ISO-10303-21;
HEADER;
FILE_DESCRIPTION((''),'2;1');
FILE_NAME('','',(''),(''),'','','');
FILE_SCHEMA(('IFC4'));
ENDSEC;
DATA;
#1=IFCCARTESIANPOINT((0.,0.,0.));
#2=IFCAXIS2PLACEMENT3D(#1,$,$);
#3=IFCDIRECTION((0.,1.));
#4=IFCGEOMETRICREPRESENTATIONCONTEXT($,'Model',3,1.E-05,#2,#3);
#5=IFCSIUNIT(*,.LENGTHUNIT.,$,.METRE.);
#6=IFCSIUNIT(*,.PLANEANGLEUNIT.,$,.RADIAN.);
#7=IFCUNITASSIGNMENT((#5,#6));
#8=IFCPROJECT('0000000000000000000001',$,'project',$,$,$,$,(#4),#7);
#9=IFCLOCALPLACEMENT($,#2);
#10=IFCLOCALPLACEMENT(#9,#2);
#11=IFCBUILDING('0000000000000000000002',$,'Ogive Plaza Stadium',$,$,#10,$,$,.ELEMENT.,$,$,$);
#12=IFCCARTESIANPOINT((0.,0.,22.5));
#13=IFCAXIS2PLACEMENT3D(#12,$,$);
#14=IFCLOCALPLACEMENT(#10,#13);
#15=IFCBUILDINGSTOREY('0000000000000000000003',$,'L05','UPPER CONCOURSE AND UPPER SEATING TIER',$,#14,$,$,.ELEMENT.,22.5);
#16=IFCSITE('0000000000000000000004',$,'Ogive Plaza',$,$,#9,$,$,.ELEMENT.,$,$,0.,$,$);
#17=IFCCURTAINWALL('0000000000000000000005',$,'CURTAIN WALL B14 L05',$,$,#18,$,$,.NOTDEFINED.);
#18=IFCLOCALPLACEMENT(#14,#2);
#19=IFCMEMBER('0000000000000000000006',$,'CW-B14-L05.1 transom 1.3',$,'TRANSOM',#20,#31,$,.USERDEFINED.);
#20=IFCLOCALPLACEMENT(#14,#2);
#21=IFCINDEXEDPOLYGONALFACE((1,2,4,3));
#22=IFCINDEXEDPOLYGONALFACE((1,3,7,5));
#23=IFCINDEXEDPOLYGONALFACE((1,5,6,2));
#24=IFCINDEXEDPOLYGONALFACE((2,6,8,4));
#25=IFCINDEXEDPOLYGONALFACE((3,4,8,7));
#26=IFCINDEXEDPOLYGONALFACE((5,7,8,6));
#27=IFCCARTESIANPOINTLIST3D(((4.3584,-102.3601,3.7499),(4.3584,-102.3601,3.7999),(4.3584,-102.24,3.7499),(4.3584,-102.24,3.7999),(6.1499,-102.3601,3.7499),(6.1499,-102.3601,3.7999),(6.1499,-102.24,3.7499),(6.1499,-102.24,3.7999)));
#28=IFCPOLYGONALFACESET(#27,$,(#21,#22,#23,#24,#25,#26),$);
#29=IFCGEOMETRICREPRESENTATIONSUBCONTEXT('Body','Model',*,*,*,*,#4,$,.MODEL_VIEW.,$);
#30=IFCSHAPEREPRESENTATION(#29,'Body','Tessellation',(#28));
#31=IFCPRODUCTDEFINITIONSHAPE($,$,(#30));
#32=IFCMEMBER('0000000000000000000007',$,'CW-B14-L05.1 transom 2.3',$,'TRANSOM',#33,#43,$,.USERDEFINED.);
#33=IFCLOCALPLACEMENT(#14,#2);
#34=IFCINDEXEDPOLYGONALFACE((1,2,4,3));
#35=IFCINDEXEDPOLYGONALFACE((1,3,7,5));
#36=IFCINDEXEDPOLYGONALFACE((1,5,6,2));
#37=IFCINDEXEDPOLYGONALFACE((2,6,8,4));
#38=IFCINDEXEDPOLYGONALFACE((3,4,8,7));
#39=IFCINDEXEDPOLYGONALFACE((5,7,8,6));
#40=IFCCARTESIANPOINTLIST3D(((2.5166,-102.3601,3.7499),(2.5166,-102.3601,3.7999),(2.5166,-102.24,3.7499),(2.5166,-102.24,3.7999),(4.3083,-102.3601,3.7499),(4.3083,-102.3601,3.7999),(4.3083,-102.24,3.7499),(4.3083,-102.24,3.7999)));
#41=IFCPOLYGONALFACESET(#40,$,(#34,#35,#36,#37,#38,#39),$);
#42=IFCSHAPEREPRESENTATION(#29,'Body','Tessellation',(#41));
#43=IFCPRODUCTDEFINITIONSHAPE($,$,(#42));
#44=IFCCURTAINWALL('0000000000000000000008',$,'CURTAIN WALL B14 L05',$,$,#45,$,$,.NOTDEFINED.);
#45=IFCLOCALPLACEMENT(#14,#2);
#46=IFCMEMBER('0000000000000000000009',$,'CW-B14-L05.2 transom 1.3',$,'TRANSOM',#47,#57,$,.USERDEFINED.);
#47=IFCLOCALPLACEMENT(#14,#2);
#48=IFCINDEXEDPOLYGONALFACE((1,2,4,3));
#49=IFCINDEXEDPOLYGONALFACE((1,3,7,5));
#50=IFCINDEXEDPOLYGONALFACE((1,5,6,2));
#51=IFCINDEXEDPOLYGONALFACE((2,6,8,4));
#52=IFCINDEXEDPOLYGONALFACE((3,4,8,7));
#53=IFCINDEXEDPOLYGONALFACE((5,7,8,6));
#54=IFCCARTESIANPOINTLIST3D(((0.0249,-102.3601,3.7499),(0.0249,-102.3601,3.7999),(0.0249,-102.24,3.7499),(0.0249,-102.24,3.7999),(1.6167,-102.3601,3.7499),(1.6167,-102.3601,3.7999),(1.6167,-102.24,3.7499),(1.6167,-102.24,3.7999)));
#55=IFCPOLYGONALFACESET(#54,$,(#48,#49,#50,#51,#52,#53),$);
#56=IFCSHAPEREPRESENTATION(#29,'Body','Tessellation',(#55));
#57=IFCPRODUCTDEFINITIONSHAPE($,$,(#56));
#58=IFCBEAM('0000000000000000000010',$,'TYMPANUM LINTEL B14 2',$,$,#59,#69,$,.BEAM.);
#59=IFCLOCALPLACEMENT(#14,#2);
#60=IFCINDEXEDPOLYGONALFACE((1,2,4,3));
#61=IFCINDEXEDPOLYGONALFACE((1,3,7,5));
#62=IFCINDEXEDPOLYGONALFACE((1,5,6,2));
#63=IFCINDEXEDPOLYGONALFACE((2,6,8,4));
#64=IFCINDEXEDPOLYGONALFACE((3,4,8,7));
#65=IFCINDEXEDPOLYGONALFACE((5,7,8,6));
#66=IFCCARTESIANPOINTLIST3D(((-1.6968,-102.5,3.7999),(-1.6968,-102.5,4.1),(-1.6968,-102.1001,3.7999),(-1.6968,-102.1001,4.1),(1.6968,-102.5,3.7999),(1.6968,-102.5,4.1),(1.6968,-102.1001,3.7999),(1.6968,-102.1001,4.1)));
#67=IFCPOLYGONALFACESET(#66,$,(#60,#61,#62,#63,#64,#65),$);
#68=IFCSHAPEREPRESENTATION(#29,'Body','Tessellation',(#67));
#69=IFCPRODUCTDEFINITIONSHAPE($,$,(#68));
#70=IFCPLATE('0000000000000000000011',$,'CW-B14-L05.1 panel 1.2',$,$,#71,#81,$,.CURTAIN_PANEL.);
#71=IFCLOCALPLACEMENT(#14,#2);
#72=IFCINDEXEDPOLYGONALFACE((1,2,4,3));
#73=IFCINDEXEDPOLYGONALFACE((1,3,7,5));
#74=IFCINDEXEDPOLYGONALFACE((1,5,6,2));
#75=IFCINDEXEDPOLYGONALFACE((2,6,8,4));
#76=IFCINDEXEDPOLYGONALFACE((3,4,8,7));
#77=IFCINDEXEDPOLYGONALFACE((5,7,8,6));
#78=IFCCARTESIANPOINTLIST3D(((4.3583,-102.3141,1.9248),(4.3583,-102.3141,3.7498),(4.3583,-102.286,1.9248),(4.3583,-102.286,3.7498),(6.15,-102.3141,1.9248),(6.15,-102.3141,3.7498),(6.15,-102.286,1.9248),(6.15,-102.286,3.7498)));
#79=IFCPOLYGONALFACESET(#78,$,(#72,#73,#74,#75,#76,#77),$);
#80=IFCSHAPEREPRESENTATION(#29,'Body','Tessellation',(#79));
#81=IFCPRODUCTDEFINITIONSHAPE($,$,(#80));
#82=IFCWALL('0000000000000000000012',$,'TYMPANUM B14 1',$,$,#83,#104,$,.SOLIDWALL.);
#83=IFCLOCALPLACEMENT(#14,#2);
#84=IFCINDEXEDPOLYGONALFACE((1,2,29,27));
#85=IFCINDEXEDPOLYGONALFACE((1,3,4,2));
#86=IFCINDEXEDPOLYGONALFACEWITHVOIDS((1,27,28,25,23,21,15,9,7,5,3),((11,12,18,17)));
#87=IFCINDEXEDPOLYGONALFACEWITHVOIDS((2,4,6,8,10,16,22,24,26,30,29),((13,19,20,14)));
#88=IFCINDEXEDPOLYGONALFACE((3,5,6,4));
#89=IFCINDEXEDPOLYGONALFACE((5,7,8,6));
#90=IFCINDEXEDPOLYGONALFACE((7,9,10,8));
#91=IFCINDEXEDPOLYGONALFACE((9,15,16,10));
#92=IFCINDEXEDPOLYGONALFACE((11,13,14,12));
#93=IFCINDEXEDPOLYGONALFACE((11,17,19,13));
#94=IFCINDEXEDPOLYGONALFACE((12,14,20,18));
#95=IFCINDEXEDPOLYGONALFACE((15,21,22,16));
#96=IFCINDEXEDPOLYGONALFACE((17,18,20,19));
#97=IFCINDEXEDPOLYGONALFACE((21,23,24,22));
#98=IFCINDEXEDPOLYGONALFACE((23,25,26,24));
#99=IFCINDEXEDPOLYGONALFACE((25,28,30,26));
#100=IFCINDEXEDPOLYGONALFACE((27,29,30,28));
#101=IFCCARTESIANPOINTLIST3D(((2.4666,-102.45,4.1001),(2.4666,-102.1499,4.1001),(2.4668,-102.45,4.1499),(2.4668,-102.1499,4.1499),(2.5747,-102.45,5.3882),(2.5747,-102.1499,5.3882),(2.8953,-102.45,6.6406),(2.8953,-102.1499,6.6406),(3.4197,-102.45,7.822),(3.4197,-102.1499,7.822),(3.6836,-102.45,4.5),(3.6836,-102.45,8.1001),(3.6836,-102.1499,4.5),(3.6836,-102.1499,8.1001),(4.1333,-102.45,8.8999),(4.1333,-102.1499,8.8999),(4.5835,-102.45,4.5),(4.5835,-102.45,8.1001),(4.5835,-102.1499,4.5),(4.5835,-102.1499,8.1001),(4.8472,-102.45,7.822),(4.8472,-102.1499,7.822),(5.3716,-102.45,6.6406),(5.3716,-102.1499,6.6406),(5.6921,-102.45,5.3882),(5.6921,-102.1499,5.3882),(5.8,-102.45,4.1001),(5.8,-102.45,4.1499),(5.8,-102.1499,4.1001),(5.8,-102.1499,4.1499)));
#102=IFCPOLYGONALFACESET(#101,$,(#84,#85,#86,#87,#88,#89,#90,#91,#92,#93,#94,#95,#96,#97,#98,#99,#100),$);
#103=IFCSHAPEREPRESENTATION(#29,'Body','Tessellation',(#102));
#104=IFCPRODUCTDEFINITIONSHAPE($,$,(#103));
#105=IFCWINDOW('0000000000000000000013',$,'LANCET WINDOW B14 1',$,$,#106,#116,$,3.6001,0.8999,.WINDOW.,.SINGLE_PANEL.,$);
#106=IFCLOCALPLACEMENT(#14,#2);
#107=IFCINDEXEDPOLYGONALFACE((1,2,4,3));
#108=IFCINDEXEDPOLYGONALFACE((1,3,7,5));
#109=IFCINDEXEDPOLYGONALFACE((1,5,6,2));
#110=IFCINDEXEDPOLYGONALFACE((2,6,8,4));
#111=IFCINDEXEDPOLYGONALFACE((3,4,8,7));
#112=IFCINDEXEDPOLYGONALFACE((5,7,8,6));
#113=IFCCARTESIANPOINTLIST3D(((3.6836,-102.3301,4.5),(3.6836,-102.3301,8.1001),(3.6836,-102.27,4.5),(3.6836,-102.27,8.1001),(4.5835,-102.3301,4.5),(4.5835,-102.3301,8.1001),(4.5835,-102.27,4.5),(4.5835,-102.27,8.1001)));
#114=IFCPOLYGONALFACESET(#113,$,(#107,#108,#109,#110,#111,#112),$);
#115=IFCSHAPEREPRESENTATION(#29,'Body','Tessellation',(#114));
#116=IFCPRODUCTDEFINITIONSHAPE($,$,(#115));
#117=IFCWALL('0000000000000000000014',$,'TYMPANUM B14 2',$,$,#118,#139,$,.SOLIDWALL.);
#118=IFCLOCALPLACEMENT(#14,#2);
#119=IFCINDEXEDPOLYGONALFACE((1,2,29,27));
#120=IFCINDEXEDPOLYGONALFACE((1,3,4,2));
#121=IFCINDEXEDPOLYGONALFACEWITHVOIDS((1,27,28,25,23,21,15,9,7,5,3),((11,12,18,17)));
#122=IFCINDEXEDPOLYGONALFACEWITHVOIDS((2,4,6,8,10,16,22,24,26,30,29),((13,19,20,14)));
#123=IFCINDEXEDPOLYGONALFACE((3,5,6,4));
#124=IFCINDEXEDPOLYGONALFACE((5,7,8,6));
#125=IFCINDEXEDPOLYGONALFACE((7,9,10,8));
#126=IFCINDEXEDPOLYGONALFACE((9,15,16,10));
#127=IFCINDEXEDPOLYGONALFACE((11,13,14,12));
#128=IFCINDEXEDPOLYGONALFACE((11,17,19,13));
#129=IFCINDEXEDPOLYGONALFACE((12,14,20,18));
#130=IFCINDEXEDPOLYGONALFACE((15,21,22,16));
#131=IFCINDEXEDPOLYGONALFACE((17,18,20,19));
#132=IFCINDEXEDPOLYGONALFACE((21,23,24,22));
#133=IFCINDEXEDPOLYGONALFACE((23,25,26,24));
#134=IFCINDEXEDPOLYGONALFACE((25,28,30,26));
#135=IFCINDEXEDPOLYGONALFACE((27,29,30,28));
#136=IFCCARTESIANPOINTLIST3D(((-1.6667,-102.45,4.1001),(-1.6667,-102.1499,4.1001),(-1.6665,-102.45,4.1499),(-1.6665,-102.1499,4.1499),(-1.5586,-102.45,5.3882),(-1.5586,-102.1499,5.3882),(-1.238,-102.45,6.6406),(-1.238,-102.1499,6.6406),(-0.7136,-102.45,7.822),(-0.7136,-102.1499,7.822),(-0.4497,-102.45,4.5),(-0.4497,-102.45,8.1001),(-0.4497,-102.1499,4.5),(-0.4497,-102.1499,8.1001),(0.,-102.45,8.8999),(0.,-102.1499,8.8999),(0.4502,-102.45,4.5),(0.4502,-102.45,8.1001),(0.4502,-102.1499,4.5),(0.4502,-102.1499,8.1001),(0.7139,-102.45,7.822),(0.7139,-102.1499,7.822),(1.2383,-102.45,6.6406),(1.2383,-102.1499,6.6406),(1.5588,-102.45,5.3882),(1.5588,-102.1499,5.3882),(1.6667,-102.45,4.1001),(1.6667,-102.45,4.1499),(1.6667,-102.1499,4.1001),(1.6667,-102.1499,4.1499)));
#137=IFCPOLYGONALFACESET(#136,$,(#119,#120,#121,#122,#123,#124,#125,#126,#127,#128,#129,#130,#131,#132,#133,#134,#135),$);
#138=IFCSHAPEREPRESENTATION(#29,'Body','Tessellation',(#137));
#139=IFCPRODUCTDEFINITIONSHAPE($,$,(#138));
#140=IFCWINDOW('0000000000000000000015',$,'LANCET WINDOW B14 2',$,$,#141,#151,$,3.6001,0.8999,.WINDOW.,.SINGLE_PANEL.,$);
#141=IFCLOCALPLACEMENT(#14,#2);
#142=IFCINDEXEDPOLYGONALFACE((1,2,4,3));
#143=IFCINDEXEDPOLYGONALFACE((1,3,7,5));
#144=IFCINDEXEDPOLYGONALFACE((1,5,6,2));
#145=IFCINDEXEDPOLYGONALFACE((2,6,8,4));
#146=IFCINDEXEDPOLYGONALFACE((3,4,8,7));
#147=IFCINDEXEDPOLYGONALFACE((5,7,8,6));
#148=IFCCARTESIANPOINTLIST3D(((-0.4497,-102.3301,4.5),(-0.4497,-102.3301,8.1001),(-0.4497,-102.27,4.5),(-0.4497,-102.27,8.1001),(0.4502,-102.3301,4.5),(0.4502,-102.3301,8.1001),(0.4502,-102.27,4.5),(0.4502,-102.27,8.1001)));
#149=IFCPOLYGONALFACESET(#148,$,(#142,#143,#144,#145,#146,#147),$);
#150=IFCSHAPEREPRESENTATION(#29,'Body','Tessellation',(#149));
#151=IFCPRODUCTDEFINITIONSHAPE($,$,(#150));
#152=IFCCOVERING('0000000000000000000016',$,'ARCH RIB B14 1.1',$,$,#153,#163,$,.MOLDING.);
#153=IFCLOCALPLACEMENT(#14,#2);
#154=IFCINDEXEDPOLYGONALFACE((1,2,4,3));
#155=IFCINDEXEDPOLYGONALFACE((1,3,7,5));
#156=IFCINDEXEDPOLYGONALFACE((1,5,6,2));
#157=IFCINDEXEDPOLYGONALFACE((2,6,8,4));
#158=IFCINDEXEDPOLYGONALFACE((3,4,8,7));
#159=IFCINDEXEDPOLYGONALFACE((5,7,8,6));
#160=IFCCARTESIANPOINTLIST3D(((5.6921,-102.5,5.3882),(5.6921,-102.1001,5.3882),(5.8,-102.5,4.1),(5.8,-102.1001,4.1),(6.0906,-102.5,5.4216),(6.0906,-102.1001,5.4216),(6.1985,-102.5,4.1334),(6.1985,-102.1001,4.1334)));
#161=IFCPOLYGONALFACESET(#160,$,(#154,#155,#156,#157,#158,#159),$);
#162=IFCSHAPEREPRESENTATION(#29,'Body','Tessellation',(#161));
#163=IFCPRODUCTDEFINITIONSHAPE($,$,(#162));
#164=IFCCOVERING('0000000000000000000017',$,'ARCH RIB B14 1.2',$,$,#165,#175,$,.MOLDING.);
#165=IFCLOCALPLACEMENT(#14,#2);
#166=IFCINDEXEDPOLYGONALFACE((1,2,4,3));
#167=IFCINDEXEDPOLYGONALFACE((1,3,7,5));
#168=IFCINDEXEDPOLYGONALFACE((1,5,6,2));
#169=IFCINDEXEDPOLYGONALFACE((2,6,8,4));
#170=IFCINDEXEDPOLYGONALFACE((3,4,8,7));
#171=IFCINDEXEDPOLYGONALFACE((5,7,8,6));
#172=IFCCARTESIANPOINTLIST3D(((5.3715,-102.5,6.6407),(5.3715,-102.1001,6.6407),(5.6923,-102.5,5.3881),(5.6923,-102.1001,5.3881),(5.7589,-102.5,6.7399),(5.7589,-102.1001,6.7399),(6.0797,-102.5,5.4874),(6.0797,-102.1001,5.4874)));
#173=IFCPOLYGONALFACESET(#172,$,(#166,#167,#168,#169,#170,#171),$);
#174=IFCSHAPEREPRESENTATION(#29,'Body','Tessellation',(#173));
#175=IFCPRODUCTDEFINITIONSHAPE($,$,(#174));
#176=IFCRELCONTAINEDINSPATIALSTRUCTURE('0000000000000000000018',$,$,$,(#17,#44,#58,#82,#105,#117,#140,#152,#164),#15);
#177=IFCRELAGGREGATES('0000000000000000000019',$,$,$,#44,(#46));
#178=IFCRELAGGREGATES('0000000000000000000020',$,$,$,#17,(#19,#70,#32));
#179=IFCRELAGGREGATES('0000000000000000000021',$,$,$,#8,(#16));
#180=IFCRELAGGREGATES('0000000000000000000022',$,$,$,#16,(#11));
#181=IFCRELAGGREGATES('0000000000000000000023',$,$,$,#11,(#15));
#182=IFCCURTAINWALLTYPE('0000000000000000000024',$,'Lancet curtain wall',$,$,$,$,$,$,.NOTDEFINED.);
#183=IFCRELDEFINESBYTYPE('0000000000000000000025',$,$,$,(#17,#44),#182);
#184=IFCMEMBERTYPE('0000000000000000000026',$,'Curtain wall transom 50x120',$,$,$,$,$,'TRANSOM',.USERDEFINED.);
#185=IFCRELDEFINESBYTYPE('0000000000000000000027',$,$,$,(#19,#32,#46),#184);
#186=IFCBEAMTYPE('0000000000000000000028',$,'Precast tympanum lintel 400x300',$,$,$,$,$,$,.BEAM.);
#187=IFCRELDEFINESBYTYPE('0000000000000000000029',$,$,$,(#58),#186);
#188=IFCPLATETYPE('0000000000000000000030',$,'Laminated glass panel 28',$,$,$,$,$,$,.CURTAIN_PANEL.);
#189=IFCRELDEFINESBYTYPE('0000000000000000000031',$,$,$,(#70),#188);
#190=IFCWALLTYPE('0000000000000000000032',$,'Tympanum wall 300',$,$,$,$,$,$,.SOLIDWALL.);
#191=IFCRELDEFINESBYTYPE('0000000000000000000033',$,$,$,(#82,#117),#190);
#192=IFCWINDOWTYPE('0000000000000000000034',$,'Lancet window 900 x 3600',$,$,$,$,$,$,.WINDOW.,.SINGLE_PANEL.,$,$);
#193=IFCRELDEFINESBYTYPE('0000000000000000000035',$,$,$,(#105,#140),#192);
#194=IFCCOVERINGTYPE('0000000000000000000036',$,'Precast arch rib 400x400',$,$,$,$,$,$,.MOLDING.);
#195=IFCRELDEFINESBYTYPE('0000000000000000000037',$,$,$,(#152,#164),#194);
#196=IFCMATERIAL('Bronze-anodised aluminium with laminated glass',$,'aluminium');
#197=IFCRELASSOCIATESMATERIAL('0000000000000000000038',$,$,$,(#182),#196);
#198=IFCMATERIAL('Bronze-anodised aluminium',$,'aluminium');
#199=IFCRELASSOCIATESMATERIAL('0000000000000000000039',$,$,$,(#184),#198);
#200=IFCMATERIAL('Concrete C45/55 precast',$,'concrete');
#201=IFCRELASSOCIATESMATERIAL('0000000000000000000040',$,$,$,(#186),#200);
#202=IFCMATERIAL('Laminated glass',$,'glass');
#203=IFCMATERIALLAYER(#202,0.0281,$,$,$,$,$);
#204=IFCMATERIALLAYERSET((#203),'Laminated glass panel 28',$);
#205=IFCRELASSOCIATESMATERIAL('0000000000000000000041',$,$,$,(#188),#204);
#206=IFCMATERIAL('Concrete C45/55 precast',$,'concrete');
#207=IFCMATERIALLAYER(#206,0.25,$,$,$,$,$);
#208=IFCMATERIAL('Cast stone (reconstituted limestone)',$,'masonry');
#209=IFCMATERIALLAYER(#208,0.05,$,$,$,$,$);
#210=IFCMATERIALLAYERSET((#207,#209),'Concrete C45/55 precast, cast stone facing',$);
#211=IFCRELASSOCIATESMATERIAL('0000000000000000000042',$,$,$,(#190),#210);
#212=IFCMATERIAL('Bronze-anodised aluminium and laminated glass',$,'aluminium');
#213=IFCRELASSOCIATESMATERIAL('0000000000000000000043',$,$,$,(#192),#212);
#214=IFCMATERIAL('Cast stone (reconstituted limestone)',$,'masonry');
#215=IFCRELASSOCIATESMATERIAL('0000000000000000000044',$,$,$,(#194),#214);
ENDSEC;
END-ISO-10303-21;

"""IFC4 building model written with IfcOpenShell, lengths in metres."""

from ifc_helpers import new_model, si_unit, direction, frame, frame_2d, origin, origin_2d, place, context, subcontext, project, spatial, polyline, rectangle, outline, extrude, material, layer, layer_set, material_profile, profile_set, type_object, element, fill, aggregate, save


model = new_model("IFC4")

# Units and contexts
model_context = context("Model", 3, precision=1e-05, world=origin(), true_north=direction((0.0, 1.0)))
body_context = subcontext(model_context, "Body", "Model", "MODEL_VIEW")
ifc_project = project(units=[si_unit("LENGTHUNIT", "METRE"), si_unit("PLANEANGLEUNIT", "RADIAN")], contexts=[model_context])

# Site, building, storey
site_placement = place(None, origin())
site = spatial("IfcSite", under=ifc_project, at=site_placement, Name="Ogive Plaza", CompositionType="ELEMENT", RefElevation=0.0)
building_placement = place(site_placement, origin())
building = spatial("IfcBuilding", under=site, at=building_placement, Name="Ogive Plaza Stadium", CompositionType="ELEMENT")
storey_placement = place(building_placement, frame((0.0, 0.0, 22.5)))
storey = spatial("IfcBuildingStorey", under=building, at=storey_placement, Name="L05", Description="UPPER CONCOURSE AND UPPER SEATING TIER", CompositionType="ELEMENT", Elevation=22.5)

# Curtain wall, members
ifc_material_1 = material(Name="Bronze-anodised aluminium with laminated glass", Category="aluminium")
curtain_wall_type = type_object("IfcCurtainWallType", Name="Lancet curtain wall", PredefinedType="NOTDEFINED", material=ifc_material_1)
curtain_wall_1_placement = place(storey_placement, origin())
curtain_wall_1 = element("IfcCurtainWall", 1, at=curtain_wall_1_placement, inside=storey, type_object=curtain_wall_type, Name="CURTAIN WALL B14 L05", PredefinedType="NOTDEFINED")
ifc_material_2 = material(Name="Bronze-anodised aluminium", Category="aluminium")
ifc_material_profile_1 = material_profile(ifc_material_2, rectangle(XDim=0.1201, YDim=0.05, at=origin_2d()), Name="AL 120x50")
ifc_profile_set_1 = profile_set([ifc_material_profile_1], Name="Bronze-anodised aluminium")
member_type = type_object("IfcMemberType", Name="Curtain wall transom 50x120", ElementType="TRANSOM", PredefinedType="USERDEFINED", material=ifc_profile_set_1)
member_1_placement = place(storey_placement, frame((6.1499, -102.3, 3.7749), z_axis=(-1.0, 0.0, 0.0), x_axis=(0.0, -1.0, 0.0)))
member_1 = element("IfcMember", 2, at=member_1_placement, type_object=member_type, Name="CW-B14-L05.1 transom 1.3", ObjectType="TRANSOM", PredefinedType="USERDEFINED", context=body_context, shape_type="SweptSolid", body=[
    extrude(rectangle(XDim=0.1201, YDim=0.05, at=origin_2d()), origin(), (0.0, 0.0, 1.0), 1.7915),
])
member_2_placement = place(storey_placement, frame((4.3083, -102.3, 3.7749), z_axis=(-1.0, 0.0, 0.0), x_axis=(0.0, -1.0, 0.0)))
member_2 = element("IfcMember", 3, at=member_2_placement, type_object=member_type, Name="CW-B14-L05.1 transom 2.3", ObjectType="TRANSOM", PredefinedType="USERDEFINED", context=body_context, shape_type="SweptSolid", body=[
    extrude(rectangle(XDim=0.1201, YDim=0.05, at=origin_2d()), origin(), (0.0, 0.0, 1.0), 1.7917),
])

# Curtain wall, member
curtain_wall_2_placement = place(storey_placement, origin())
curtain_wall_2 = element("IfcCurtainWall", 4, at=curtain_wall_2_placement, inside=storey, type_object=curtain_wall_type, Name="CURTAIN WALL B14 L05", PredefinedType="NOTDEFINED")
member_3_placement = place(storey_placement, frame((1.6167, -102.3, 3.7749), z_axis=(-1.0, 0.0, 0.0), x_axis=(0.0, -1.0, 0.0)))
member_3 = element("IfcMember", 5, at=member_3_placement, type_object=member_type, Name="CW-B14-L05.2 transom 1.3", ObjectType="TRANSOM", PredefinedType="USERDEFINED", context=body_context, shape_type="SweptSolid", body=[
    extrude(rectangle(XDim=0.1201, YDim=0.05, at=origin_2d()), origin(), (0.0, 0.0, 1.0), 1.5918),
])
aggregate(curtain_wall_2, [member_3])

# Beam
ifc_material_3 = material(Name="Concrete C45/55 precast", Category="concrete")
ifc_material_profile_2 = material_profile(ifc_material_3, rectangle(XDim=0.3999, YDim=0.3, at=origin_2d()), Name="RC 400x300")
ifc_profile_set_2 = profile_set([ifc_material_profile_2], Name="Concrete C45/55 precast")
beam_type = type_object("IfcBeamType", Name="Precast tympanum lintel 400x300", PredefinedType="BEAM", material=ifc_profile_set_2)
beam_placement = place(storey_placement, frame((1.6968, -102.3, 3.95), z_axis=(-1.0, 0.0, 0.0), x_axis=(0.0, -1.0, 0.0)))
element("IfcBeam", 6, at=beam_placement, inside=storey, type_object=beam_type, Name="TYMPANUM LINTEL B14 2", PredefinedType="BEAM", context=body_context, shape_type="SweptSolid", body=[
    extrude(rectangle(XDim=0.3999, YDim=0.3, at=origin_2d()), origin(), (0.0, 0.0, 1.0), 3.3936),
])

# Plate
ifc_material_4 = material(Name="Laminated glass", Category="glass")
ifc_layer_1 = layer(ifc_material_4, 0.0281)
ifc_layer_set_1 = layer_set([ifc_layer_1], Name="Laminated glass panel 28")
plate_type = type_object("IfcPlateType", Name="Laminated glass panel 28", PredefinedType="CURTAIN_PANEL", material=ifc_layer_set_1)
plate_placement = place(storey_placement, frame((5.2542, -102.3, 1.9248), z_axis=(0.0, 0.0, 1.0), x_axis=(-1.0, 0.0, 0.0)))
plate = element("IfcPlate", 7, at=plate_placement, type_object=plate_type, Name="CW-B14-L05.1 panel 1.2", PredefinedType="CURTAIN_PANEL", context=body_context, shape_type="SweptSolid", body=[
    extrude(rectangle(XDim=1.7917, YDim=0.0281, at=origin_2d()), origin(), (0.0, 0.0, 1.0), 1.825),
])
aggregate(curtain_wall_1, [member_1, plate, member_2])

# Walls, openings, windows
ifc_material_5 = material(Name="Concrete C45/55 precast", Category="concrete")
ifc_layer_2 = layer(ifc_material_5, 0.25)
ifc_material_6 = material(Name="Cast stone (reconstituted limestone)", Category="masonry")
ifc_layer_3 = layer(ifc_material_6, 0.05)
ifc_layer_set_2 = layer_set([ifc_layer_2, ifc_layer_3], Name="Concrete C45/55 precast, cast stone facing")
wall_type = type_object("IfcWallType", Name="Tympanum wall 300", PredefinedType="SOLIDWALL", material=ifc_layer_set_2)
wall_1_placement = place(storey_placement, frame((5.8, -102.3, 4.1001), z_axis=(0.0, 0.0, 1.0), x_axis=(-1.0, 0.0, 0.0)))
wall_1 = element("IfcWall", 8, at=wall_1_placement, inside=storey, type_object=wall_type, Name="TYMPANUM B14 1", PredefinedType="SOLIDWALL", context=body_context, shape_type="SweptSolid", body=[
    extrude(outline(polyline([(0.0, 0.0), (3.3335, 0.0), (3.3333, 0.0498), (3.2253, 1.2881), (2.9048, 2.5405), (2.3804, 3.7219), (1.6667, 4.7998), (0.9529, 3.7219), (0.4285, 2.5405), (0.1079, 1.2881), (0.0, 0.0498), (0.0, 0.0)])), frame((0.0, 0.1499, 0.0), z_axis=(0.0, -1.0, 0.0), x_axis=(1.0, 0.0, 0.0)), (0.0, 0.0, 1.0), 0.3),
])
opening_1_placement = place(wall_1_placement, frame((1.2166, 0.0, 0.3999)))
opening_1 = element("IfcOpeningElement", 9, at=opening_1_placement, cuts=wall_1, PredefinedType="OPENING", context=body_context, shape_type="SweptSolid", body=[
    extrude(rectangle(XDim=0.8999, YDim=3.6001, at=frame_2d((0.45, 1.8))), frame((0.0, 0.1602, 0.0), z_axis=(0.0, -1.0, 0.0), x_axis=(1.0, 0.0, 0.0)), (0.0, 0.0, 1.0), 0.3201),
])
ifc_material_7 = material(Name="Bronze-anodised aluminium and laminated glass", Category="aluminium")
window_type = type_object("IfcWindowType", Name="Lancet window 900 x 3600", PartitioningType="SINGLE_PANEL", PredefinedType="WINDOW", material=ifc_material_7)
window_1_placement = place(opening_1_placement, origin())
window_1 = element("IfcWindow", 10, at=window_1_placement, inside=storey, type_object=window_type, Name="LANCET WINDOW B14 1", OverallHeight=3.6001, OverallWidth=0.8999, PartitioningType="SINGLE_PANEL", PredefinedType="WINDOW", context=body_context, shape_type="SweptSolid", body=[
    extrude(rectangle(XDim=0.8999, YDim=3.6001, at=frame_2d((0.45, 1.8))), frame((0.0, 0.03, 0.0), z_axis=(0.0, -1.0, 0.0), x_axis=(1.0, 0.0, 0.0)), (0.0, 0.0, 1.0), 0.0601),
])
fill(opening_1, window_1)
wall_2_placement = place(storey_placement, frame((1.6667, -102.3, 4.1001), z_axis=(0.0, 0.0, 1.0), x_axis=(-1.0, 0.0, 0.0)))
wall_2 = element("IfcWall", 11, at=wall_2_placement, inside=storey, type_object=wall_type, Name="TYMPANUM B14 2", PredefinedType="SOLIDWALL", context=body_context, shape_type="SweptSolid", body=[
    extrude(outline(polyline([(0.0, 0.0), (3.3335, 0.0), (3.3333, 0.0498), (3.2253, 1.2881), (2.9048, 2.5405), (2.3804, 3.7219), (1.6667, 4.7998), (0.9529, 3.7219), (0.4285, 2.5405), (0.1079, 1.2881), (0.0, 0.0498), (0.0, 0.0)])), frame((0.0, 0.1499, 0.0), z_axis=(0.0, -1.0, 0.0), x_axis=(1.0, 0.0, 0.0)), (0.0, 0.0, 1.0), 0.3),
])
opening_2_placement = place(wall_2_placement, frame((1.2166, 0.0, 0.3999)))
opening_2 = element("IfcOpeningElement", 12, at=opening_2_placement, cuts=wall_2, PredefinedType="OPENING", context=body_context, shape_type="SweptSolid", body=[
    extrude(rectangle(XDim=0.8999, YDim=3.6001, at=frame_2d((0.45, 1.8))), frame((0.0, 0.1602, 0.0), z_axis=(0.0, -1.0, 0.0), x_axis=(1.0, 0.0, 0.0)), (0.0, 0.0, 1.0), 0.3201),
])
window_2_placement = place(opening_2_placement, origin())
window_2 = element("IfcWindow", 13, at=window_2_placement, inside=storey, type_object=window_type, Name="LANCET WINDOW B14 2", OverallHeight=3.6001, OverallWidth=0.8999, PartitioningType="SINGLE_PANEL", PredefinedType="WINDOW", context=body_context, shape_type="SweptSolid", body=[
    extrude(rectangle(XDim=0.8999, YDim=3.6001, at=frame_2d((0.45, 1.8))), frame((0.0, 0.03, 0.0), z_axis=(0.0, -1.0, 0.0), x_axis=(1.0, 0.0, 0.0)), (0.0, 0.0, 1.0), 0.0601),
])
fill(opening_2, window_2)

# Coverings
ifc_material_8 = material(Name="Cast stone (reconstituted limestone)", Category="masonry")
ifc_material_profile_3 = material_profile(ifc_material_8, rectangle(XDim=0.3999, YDim=0.3999, at=origin_2d()), Name="Cast stone 400x400")
ifc_profile_set_3 = profile_set([ifc_material_profile_3], Name="Cast stone (reconstituted limestone)")
covering_type = type_object("IfcCoveringType", Name="Precast arch rib 400x400", PredefinedType="MOLDING", material=ifc_profile_set_3)
covering_1_placement = place(storey_placement, frame((5.9993, -102.3, 4.1167), z_axis=(-0.083467, 0.0, 0.996511), x_axis=(0.0, -1.0, 0.0)))
element("IfcCovering", 14, at=covering_1_placement, inside=storey, type_object=covering_type, Name="ARCH RIB B14 1.1", PredefinedType="MOLDING", context=body_context, shape_type="SweptSolid", body=[
    extrude(rectangle(XDim=0.3999, YDim=0.3999, at=origin_2d()), origin(), (0.0, 0.0, 1.0), 1.2927),
])
covering_2_placement = place(storey_placement, frame((5.886, -102.3, 5.4377), z_axis=(-0.24813, 0.0, 0.968727), x_axis=(0.0, -1.0, 0.0)))
element("IfcCovering", 15, at=covering_2_placement, inside=storey, type_object=covering_type, Name="ARCH RIB B14 1.2", PredefinedType="MOLDING", context=body_context, shape_type="SweptSolid", body=[
    extrude(rectangle(XDim=0.3999, YDim=0.3999, at=origin_2d()), origin(), (0.0, 0.0, 1.0), 1.293),
])

save(model, "model.ifc")
